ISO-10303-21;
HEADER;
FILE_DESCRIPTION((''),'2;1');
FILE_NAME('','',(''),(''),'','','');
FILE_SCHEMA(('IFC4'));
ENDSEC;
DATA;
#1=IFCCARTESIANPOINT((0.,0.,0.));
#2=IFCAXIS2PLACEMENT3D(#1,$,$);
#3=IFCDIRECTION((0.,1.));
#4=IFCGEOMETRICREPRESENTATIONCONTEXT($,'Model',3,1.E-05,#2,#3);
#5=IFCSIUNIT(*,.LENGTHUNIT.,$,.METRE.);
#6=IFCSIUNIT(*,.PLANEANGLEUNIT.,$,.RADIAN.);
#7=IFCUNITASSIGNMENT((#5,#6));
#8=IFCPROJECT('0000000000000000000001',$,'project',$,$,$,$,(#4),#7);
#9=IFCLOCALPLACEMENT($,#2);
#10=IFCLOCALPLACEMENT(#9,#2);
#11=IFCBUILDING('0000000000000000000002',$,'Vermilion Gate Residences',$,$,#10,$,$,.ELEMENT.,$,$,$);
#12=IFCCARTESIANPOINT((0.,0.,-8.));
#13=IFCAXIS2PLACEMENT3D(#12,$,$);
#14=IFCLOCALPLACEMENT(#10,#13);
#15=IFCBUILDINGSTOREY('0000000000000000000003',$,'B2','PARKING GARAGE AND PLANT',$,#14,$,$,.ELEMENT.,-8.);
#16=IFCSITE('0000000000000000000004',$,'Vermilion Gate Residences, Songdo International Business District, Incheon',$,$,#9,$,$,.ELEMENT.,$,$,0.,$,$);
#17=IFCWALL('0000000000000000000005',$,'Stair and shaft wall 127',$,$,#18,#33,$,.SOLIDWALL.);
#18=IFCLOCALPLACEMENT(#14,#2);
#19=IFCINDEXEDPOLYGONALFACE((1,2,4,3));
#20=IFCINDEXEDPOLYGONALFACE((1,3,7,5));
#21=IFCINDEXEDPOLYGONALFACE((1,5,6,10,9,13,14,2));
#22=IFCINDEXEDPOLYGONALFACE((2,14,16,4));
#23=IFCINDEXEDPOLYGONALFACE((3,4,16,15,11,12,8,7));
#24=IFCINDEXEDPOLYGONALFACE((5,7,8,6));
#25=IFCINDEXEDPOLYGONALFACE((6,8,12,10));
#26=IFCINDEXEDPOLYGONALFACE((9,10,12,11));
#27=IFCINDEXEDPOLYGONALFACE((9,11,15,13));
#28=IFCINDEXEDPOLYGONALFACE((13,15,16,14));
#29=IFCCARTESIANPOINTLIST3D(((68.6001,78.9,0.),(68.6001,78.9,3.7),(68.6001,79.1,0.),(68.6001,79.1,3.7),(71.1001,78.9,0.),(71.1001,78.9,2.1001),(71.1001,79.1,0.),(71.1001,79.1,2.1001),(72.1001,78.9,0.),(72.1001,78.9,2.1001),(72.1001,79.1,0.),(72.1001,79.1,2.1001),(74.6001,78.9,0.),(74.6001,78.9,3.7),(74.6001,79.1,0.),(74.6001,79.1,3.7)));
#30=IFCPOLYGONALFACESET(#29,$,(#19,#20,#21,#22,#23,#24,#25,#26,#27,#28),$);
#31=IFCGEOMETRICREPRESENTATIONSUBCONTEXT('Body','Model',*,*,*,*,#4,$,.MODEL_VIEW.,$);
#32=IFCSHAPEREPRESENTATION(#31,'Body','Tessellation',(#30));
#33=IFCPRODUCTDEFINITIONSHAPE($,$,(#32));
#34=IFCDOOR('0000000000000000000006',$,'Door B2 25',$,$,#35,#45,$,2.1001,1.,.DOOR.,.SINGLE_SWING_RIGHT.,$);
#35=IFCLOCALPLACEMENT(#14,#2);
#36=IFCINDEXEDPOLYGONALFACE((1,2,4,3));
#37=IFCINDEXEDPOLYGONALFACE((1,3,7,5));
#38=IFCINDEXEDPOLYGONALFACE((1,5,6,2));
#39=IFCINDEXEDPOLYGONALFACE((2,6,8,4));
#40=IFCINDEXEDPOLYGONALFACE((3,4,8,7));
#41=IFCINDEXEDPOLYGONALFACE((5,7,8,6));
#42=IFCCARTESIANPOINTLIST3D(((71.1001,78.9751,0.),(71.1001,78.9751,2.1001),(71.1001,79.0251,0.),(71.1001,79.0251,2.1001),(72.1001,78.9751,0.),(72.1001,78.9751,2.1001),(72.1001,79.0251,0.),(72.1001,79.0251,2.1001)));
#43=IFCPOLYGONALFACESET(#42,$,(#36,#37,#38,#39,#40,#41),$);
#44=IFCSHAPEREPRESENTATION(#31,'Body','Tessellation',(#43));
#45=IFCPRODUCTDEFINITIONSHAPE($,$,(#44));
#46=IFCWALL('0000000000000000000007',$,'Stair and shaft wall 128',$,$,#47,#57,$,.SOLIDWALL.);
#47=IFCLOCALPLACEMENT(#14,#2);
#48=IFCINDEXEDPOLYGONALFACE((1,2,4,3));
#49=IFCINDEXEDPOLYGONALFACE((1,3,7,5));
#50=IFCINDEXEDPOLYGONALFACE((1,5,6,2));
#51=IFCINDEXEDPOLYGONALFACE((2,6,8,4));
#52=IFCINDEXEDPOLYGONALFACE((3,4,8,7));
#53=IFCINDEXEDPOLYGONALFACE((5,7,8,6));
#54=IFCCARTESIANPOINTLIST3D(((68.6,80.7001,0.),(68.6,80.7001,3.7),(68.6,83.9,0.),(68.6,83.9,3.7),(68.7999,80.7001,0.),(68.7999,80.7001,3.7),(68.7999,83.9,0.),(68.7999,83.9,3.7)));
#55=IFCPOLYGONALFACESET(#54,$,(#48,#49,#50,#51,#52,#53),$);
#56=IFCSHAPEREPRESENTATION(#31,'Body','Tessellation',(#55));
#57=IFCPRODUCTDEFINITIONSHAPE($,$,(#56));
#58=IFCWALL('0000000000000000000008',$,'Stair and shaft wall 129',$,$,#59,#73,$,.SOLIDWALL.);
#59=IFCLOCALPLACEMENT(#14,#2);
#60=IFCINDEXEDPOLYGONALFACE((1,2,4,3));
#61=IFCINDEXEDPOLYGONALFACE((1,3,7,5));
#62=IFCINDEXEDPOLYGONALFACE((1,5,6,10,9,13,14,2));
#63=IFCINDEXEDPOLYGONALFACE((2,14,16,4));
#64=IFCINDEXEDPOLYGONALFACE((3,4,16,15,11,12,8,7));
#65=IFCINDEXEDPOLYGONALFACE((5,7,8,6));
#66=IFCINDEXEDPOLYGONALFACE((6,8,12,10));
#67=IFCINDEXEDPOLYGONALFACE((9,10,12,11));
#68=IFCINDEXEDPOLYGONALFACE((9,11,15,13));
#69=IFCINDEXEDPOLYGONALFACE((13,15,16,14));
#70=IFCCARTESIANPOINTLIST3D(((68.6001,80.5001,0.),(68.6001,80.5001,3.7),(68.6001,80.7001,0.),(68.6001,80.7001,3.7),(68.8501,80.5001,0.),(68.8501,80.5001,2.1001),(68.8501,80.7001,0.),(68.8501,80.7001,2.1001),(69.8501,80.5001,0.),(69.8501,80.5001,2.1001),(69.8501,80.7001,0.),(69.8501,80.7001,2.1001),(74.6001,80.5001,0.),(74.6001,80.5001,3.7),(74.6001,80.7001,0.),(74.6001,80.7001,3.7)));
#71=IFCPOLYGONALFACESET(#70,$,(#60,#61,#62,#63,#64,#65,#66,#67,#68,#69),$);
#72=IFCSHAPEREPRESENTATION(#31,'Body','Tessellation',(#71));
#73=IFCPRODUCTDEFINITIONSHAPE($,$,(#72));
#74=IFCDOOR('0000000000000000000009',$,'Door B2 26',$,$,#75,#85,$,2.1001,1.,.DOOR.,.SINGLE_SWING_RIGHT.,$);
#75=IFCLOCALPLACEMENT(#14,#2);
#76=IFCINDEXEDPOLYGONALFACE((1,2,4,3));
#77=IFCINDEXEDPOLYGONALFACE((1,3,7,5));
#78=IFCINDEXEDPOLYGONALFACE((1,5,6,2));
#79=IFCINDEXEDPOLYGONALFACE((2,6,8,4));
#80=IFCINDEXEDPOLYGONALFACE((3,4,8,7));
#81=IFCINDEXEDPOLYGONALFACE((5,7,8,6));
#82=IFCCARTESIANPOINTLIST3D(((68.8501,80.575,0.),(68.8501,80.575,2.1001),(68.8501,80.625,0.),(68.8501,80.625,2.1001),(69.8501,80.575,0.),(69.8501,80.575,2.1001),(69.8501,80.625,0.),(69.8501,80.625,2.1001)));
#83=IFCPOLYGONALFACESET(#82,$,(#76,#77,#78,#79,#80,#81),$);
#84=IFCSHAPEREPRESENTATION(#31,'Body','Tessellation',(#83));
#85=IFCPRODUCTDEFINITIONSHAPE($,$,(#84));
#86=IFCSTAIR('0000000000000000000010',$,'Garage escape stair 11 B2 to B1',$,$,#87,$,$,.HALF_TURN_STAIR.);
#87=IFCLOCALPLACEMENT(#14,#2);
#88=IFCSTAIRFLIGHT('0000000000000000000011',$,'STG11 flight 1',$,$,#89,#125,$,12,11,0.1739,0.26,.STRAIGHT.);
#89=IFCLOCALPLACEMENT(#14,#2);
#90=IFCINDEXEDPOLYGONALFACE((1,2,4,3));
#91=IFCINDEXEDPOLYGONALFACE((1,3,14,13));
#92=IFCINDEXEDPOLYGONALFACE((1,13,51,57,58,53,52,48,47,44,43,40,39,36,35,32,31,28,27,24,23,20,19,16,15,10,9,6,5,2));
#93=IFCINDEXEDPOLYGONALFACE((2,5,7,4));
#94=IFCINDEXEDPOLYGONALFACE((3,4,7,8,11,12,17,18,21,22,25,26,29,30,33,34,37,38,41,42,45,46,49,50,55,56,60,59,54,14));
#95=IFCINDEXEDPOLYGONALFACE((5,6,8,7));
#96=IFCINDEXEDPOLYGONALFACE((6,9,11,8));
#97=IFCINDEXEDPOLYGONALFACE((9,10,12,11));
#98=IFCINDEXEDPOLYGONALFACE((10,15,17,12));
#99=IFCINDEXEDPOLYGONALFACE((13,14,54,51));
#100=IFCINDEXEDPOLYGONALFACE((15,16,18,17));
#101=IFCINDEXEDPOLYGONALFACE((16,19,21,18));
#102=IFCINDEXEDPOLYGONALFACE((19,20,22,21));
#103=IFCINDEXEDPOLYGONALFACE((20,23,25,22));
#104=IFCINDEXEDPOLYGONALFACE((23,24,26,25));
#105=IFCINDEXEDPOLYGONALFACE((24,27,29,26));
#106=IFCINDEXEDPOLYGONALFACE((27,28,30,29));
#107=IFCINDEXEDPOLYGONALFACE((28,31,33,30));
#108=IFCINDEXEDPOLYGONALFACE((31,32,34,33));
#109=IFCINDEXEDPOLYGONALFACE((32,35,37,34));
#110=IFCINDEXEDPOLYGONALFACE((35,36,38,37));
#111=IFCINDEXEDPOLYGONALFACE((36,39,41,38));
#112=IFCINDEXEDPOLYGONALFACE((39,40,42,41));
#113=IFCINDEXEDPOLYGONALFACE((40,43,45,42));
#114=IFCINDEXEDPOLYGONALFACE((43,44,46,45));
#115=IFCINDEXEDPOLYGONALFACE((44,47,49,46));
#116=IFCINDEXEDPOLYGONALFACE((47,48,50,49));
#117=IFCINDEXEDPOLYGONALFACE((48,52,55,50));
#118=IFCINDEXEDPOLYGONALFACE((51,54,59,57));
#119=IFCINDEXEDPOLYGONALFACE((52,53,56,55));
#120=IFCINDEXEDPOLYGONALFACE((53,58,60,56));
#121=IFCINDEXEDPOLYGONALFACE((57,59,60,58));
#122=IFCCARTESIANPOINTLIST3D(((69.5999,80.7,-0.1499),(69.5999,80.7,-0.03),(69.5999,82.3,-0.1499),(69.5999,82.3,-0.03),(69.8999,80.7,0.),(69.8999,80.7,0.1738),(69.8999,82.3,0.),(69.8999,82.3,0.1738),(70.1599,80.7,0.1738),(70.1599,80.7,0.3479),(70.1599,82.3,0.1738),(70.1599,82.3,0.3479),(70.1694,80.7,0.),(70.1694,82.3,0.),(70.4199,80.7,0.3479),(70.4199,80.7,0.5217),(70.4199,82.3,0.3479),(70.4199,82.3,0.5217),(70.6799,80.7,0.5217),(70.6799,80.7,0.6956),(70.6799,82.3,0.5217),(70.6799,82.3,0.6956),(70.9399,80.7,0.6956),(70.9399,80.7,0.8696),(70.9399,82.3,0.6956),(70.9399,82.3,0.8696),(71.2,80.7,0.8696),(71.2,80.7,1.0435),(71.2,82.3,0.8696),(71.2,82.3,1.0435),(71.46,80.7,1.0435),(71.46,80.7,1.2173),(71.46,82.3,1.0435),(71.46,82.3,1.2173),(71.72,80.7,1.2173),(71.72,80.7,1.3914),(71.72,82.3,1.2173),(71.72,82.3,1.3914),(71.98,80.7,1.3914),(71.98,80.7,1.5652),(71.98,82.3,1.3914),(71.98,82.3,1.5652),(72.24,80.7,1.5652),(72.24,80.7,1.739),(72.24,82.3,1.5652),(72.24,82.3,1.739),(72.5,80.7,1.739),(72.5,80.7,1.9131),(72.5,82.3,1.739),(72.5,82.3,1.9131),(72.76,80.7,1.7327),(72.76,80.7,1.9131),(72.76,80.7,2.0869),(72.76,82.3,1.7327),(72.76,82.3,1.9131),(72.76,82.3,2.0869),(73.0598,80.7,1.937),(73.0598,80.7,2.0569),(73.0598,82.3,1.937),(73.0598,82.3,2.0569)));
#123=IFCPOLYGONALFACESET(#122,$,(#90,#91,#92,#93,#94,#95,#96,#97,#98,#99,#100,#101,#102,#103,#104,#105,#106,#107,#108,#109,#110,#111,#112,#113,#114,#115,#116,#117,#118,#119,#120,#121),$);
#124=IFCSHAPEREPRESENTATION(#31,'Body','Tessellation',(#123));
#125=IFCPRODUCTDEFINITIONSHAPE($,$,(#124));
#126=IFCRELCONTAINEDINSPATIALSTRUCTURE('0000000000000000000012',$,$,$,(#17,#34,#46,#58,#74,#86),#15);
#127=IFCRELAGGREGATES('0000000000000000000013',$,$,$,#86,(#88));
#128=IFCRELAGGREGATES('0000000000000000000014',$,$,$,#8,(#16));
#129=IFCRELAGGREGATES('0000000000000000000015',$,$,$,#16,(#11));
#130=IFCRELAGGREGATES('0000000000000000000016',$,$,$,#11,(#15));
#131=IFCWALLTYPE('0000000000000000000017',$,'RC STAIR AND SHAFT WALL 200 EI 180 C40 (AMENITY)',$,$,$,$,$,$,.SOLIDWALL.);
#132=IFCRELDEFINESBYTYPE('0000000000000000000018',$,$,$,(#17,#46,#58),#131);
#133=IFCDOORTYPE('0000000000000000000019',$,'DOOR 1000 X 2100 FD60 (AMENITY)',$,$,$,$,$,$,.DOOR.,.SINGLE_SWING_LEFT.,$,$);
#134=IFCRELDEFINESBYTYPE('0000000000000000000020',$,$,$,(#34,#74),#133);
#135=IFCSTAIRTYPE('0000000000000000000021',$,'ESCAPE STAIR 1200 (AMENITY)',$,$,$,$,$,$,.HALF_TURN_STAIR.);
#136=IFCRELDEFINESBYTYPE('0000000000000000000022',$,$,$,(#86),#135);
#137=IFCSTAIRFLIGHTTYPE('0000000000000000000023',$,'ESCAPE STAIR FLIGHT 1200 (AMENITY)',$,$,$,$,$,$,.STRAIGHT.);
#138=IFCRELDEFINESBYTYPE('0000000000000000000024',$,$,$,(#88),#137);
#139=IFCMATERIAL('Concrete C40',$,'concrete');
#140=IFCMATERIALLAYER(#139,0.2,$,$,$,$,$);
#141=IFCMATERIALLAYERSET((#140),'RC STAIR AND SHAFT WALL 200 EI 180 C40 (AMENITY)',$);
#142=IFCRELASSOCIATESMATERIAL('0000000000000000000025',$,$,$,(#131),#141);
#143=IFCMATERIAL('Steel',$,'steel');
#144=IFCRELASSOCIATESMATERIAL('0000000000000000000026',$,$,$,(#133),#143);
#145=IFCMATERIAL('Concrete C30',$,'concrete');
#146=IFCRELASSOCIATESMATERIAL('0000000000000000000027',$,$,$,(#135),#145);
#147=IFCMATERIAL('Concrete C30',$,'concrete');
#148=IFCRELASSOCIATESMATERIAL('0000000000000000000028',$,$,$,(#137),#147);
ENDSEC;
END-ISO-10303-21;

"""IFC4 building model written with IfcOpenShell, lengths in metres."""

from ifc_helpers import new_model, si_unit, direction, frame, frame_2d, origin, place, context, subcontext, project, spatial, polyline, rectangle, outline, extrude, material, layer, layer_set, type_object, element, fill, aggregate, save


model = new_model("IFC4")

# Units and contexts
model_context = context("Model", 3, precision=1e-05, world=origin(), true_north=direction((0.0, 1.0)))
body_context = subcontext(model_context, "Body", "Model", "MODEL_VIEW")
ifc_project = project(units=[si_unit("LENGTHUNIT", "METRE"), si_unit("PLANEANGLEUNIT", "RADIAN")], contexts=[model_context])

# Site, building, storey
site_placement = place(None, origin())
site = spatial("IfcSite", under=ifc_project, at=site_placement, Name="Vermilion Gate Residences, Songdo International Business District, Incheon", CompositionType="ELEMENT", RefElevation=0.0)
building_placement = place(site_placement, origin())
building = spatial("IfcBuilding", under=site, at=building_placement, Name="Vermilion Gate Residences", CompositionType="ELEMENT")
storey_placement = place(building_placement, frame((0.0, 0.0, -8.0)))
storey = spatial("IfcBuildingStorey", under=building, at=storey_placement, Name="B2", Description="PARKING GARAGE AND PLANT", CompositionType="ELEMENT", Elevation=-8.0)

# Shared definitions
ifc_material_1 = material(Name="Concrete C40", Category="concrete")
ifc_layer_1 = layer(ifc_material_1, 0.2)
ifc_layer_set_1 = layer_set([ifc_layer_1], Name="RC STAIR AND SHAFT WALL 200 EI 180 C40 (AMENITY)")
wall_type_1 = type_object("IfcWallType", Name="RC STAIR AND SHAFT WALL 200 EI 180 C40 (AMENITY)", PredefinedType="SOLIDWALL", material=ifc_layer_set_1)

# Wall, opening, door
wall_1_placement = place(storey_placement, frame((68.6001, 79.0, 0.0), z_axis=(0.0, 0.0, 1.0), x_axis=(1.0, 0.0, 0.0)))
wall_1 = element("IfcWall", 1, at=wall_1_placement, inside=storey, type_object=wall_type_1, Name="Stair and shaft wall 127", PredefinedType="SOLIDWALL", context=body_context, shape_type="SweptSolid", body=[
    extrude(rectangle(XDim=6.0, YDim=0.2, at=frame_2d((3.0, 0.0))), origin(), (0.0, 0.0, 1.0), 3.7),
])
opening_1_placement = place(wall_1_placement, frame((2.5, 0.0, 0.0)))
opening_1 = element("IfcOpeningElement", 2, at=opening_1_placement, cuts=wall_1, PredefinedType="OPENING", context=body_context, shape_type="SweptSolid", body=[
    extrude(rectangle(XDim=1.0, YDim=2.1001, at=frame_2d((0.5, 1.05))), frame((0.0, 0.1099, 0.0), z_axis=(0.0, -1.0, 0.0), x_axis=(1.0, 0.0, 0.0)), (0.0, 0.0, 1.0), 0.22),
])
ifc_material_2 = material(Name="Steel", Category="steel")
door_type = type_object("IfcDoorType", Name="DOOR 1000 X 2100 FD60 (AMENITY)", OperationType="SINGLE_SWING_LEFT", PredefinedType="DOOR", material=ifc_material_2)
door_1_placement = place(opening_1_placement, frame((1.0, 0.0, 0.0), z_axis=(0.0, 0.0, 1.0), x_axis=(-1.0, 0.0, 0.0)))
door_1 = element("IfcDoor", 3, at=door_1_placement, inside=storey, type_object=door_type, Name="Door B2 25", OperationType="SINGLE_SWING_RIGHT", OverallHeight=2.1001, OverallWidth=1.0, PredefinedType="DOOR", context=body_context, shape_type="SweptSolid", body=[
    extrude(rectangle(XDim=1.0, YDim=2.1001, at=frame_2d((0.5, 1.05))), frame((0.0, 0.0249, 0.0), z_axis=(0.0, -1.0, 0.0), x_axis=(1.0, 0.0, 0.0)), (0.0, 0.0, 1.0), 0.05),
])
fill(opening_1, door_1)

# Wall
wall_2_placement = place(storey_placement, frame((68.7, 80.7, 0.0), z_axis=(0.0, 0.0, 1.0), x_axis=(0.0, 1.0, 0.0)))
element("IfcWall", 4, at=wall_2_placement, inside=storey, type_object=wall_type_1, Name="Stair and shaft wall 128", PredefinedType="SOLIDWALL", context=body_context, shape_type="SweptSolid", body=[
    extrude(rectangle(XDim=3.2, YDim=0.2, at=frame_2d((1.6001, 0.0))), origin(), (0.0, 0.0, 1.0), 3.7),
])

# Wall, opening, door
wall_3_placement = place(storey_placement, frame((68.6001, 80.6001, 0.0), z_axis=(0.0, 0.0, 1.0), x_axis=(1.0, 0.0, 0.0)))
wall_3 = element("IfcWall", 5, at=wall_3_placement, inside=storey, type_object=wall_type_1, Name="Stair and shaft wall 129", PredefinedType="SOLIDWALL", context=body_context, shape_type="SweptSolid", body=[
    extrude(rectangle(XDim=6.0, YDim=0.2, at=frame_2d((3.0, 0.0))), origin(), (0.0, 0.0, 1.0), 3.7),
])
opening_2_placement = place(wall_3_placement, frame((0.25, 0.0, 0.0)))
opening_2 = element("IfcOpeningElement", 6, at=opening_2_placement, cuts=wall_3, PredefinedType="OPENING", context=body_context, shape_type="SweptSolid", body=[
    extrude(rectangle(XDim=1.0, YDim=2.1001, at=frame_2d((0.5, 1.05))), frame((0.0, 0.1099, 0.0), z_axis=(0.0, -1.0, 0.0), x_axis=(1.0, 0.0, 0.0)), (0.0, 0.0, 1.0), 0.22),
])
door_2_placement = place(opening_2_placement, origin())
door_2 = element("IfcDoor", 7, at=door_2_placement, inside=storey, type_object=door_type, Name="Door B2 26", OperationType="SINGLE_SWING_RIGHT", OverallHeight=2.1001, OverallWidth=1.0, PredefinedType="DOOR", context=body_context, shape_type="SweptSolid", body=[
    extrude(rectangle(XDim=1.0, YDim=2.1001, at=frame_2d((0.5, 1.05))), frame((0.0, 0.0249, 0.0), z_axis=(0.0, -1.0, 0.0), x_axis=(1.0, 0.0, 0.0)), (0.0, 0.0, 1.0), 0.05),
])
fill(opening_2, door_2)

# Stair, stair flight
ifc_material_3 = material(Name="Concrete C30", Category="concrete")
stair_type = type_object("IfcStairType", Name="ESCAPE STAIR 1200 (AMENITY)", PredefinedType="HALF_TURN_STAIR", material=ifc_material_3)
stair_placement = place(storey_placement, origin())
stair = element("IfcStair", 8, at=stair_placement, inside=storey, type_object=stair_type, Name="Garage escape stair 11 B2 to B1", PredefinedType="HALF_TURN_STAIR")
ifc_material_4 = material(Name="Concrete C30", Category="concrete")
stair_flight_type = type_object("IfcStairFlightType", Name="ESCAPE STAIR FLIGHT 1200 (AMENITY)", PredefinedType="STRAIGHT", material=ifc_material_4)
stair_flight_placement = place(storey_placement, frame((69.8999, 81.5, 0.0), z_axis=(0.0, 0.0, 1.0), x_axis=(1.0, 0.0, 0.0)))
stair_flight = element("IfcStairFlight", 9, at=stair_flight_placement, type_object=stair_flight_type, Name="STG11 flight 1", NumberOfRisers=12, NumberOfTreads=11, PredefinedType="STRAIGHT", RiserHeight=0.1739, TreadLength=0.26, context=body_context, shape_type="SweptSolid", body=[
    extrude(outline(polyline([(-0.3, -0.1499), (-0.3, -0.03), (0.0, 0.0), (0.0, 0.1738), (0.26, 0.1738), (0.26, 0.3479), (0.52, 0.3479), (0.52, 0.5217), (0.78, 0.5217), (0.78, 0.6956), (1.04, 0.6956), (1.04, 0.8696), (1.3, 0.8696), (1.3, 1.0435), (1.5601, 1.0435), (1.5601, 1.2173), (1.8201, 1.2173), (1.8201, 1.3914), (2.0801, 1.3914), (2.0801, 1.5652), (2.3401, 1.5652), (2.3401, 1.739), (2.6001, 1.739), (2.6001, 1.9131), (2.8601, 1.9131), (2.8601, 2.0869), (3.1599, 2.0569), (3.1599, 1.937), (2.8601, 1.7327), (0.2695, 0.0), (-0.3, -0.1499)])), frame((0.0, 0.8, 0.0), z_axis=(0.0, -1.0, 0.0), x_axis=(1.0, 0.0, 0.0)), (0.0, 0.0, 1.0), 1.6001),
])
aggregate(stair, [stair_flight])

save(model, "model.ifc")
